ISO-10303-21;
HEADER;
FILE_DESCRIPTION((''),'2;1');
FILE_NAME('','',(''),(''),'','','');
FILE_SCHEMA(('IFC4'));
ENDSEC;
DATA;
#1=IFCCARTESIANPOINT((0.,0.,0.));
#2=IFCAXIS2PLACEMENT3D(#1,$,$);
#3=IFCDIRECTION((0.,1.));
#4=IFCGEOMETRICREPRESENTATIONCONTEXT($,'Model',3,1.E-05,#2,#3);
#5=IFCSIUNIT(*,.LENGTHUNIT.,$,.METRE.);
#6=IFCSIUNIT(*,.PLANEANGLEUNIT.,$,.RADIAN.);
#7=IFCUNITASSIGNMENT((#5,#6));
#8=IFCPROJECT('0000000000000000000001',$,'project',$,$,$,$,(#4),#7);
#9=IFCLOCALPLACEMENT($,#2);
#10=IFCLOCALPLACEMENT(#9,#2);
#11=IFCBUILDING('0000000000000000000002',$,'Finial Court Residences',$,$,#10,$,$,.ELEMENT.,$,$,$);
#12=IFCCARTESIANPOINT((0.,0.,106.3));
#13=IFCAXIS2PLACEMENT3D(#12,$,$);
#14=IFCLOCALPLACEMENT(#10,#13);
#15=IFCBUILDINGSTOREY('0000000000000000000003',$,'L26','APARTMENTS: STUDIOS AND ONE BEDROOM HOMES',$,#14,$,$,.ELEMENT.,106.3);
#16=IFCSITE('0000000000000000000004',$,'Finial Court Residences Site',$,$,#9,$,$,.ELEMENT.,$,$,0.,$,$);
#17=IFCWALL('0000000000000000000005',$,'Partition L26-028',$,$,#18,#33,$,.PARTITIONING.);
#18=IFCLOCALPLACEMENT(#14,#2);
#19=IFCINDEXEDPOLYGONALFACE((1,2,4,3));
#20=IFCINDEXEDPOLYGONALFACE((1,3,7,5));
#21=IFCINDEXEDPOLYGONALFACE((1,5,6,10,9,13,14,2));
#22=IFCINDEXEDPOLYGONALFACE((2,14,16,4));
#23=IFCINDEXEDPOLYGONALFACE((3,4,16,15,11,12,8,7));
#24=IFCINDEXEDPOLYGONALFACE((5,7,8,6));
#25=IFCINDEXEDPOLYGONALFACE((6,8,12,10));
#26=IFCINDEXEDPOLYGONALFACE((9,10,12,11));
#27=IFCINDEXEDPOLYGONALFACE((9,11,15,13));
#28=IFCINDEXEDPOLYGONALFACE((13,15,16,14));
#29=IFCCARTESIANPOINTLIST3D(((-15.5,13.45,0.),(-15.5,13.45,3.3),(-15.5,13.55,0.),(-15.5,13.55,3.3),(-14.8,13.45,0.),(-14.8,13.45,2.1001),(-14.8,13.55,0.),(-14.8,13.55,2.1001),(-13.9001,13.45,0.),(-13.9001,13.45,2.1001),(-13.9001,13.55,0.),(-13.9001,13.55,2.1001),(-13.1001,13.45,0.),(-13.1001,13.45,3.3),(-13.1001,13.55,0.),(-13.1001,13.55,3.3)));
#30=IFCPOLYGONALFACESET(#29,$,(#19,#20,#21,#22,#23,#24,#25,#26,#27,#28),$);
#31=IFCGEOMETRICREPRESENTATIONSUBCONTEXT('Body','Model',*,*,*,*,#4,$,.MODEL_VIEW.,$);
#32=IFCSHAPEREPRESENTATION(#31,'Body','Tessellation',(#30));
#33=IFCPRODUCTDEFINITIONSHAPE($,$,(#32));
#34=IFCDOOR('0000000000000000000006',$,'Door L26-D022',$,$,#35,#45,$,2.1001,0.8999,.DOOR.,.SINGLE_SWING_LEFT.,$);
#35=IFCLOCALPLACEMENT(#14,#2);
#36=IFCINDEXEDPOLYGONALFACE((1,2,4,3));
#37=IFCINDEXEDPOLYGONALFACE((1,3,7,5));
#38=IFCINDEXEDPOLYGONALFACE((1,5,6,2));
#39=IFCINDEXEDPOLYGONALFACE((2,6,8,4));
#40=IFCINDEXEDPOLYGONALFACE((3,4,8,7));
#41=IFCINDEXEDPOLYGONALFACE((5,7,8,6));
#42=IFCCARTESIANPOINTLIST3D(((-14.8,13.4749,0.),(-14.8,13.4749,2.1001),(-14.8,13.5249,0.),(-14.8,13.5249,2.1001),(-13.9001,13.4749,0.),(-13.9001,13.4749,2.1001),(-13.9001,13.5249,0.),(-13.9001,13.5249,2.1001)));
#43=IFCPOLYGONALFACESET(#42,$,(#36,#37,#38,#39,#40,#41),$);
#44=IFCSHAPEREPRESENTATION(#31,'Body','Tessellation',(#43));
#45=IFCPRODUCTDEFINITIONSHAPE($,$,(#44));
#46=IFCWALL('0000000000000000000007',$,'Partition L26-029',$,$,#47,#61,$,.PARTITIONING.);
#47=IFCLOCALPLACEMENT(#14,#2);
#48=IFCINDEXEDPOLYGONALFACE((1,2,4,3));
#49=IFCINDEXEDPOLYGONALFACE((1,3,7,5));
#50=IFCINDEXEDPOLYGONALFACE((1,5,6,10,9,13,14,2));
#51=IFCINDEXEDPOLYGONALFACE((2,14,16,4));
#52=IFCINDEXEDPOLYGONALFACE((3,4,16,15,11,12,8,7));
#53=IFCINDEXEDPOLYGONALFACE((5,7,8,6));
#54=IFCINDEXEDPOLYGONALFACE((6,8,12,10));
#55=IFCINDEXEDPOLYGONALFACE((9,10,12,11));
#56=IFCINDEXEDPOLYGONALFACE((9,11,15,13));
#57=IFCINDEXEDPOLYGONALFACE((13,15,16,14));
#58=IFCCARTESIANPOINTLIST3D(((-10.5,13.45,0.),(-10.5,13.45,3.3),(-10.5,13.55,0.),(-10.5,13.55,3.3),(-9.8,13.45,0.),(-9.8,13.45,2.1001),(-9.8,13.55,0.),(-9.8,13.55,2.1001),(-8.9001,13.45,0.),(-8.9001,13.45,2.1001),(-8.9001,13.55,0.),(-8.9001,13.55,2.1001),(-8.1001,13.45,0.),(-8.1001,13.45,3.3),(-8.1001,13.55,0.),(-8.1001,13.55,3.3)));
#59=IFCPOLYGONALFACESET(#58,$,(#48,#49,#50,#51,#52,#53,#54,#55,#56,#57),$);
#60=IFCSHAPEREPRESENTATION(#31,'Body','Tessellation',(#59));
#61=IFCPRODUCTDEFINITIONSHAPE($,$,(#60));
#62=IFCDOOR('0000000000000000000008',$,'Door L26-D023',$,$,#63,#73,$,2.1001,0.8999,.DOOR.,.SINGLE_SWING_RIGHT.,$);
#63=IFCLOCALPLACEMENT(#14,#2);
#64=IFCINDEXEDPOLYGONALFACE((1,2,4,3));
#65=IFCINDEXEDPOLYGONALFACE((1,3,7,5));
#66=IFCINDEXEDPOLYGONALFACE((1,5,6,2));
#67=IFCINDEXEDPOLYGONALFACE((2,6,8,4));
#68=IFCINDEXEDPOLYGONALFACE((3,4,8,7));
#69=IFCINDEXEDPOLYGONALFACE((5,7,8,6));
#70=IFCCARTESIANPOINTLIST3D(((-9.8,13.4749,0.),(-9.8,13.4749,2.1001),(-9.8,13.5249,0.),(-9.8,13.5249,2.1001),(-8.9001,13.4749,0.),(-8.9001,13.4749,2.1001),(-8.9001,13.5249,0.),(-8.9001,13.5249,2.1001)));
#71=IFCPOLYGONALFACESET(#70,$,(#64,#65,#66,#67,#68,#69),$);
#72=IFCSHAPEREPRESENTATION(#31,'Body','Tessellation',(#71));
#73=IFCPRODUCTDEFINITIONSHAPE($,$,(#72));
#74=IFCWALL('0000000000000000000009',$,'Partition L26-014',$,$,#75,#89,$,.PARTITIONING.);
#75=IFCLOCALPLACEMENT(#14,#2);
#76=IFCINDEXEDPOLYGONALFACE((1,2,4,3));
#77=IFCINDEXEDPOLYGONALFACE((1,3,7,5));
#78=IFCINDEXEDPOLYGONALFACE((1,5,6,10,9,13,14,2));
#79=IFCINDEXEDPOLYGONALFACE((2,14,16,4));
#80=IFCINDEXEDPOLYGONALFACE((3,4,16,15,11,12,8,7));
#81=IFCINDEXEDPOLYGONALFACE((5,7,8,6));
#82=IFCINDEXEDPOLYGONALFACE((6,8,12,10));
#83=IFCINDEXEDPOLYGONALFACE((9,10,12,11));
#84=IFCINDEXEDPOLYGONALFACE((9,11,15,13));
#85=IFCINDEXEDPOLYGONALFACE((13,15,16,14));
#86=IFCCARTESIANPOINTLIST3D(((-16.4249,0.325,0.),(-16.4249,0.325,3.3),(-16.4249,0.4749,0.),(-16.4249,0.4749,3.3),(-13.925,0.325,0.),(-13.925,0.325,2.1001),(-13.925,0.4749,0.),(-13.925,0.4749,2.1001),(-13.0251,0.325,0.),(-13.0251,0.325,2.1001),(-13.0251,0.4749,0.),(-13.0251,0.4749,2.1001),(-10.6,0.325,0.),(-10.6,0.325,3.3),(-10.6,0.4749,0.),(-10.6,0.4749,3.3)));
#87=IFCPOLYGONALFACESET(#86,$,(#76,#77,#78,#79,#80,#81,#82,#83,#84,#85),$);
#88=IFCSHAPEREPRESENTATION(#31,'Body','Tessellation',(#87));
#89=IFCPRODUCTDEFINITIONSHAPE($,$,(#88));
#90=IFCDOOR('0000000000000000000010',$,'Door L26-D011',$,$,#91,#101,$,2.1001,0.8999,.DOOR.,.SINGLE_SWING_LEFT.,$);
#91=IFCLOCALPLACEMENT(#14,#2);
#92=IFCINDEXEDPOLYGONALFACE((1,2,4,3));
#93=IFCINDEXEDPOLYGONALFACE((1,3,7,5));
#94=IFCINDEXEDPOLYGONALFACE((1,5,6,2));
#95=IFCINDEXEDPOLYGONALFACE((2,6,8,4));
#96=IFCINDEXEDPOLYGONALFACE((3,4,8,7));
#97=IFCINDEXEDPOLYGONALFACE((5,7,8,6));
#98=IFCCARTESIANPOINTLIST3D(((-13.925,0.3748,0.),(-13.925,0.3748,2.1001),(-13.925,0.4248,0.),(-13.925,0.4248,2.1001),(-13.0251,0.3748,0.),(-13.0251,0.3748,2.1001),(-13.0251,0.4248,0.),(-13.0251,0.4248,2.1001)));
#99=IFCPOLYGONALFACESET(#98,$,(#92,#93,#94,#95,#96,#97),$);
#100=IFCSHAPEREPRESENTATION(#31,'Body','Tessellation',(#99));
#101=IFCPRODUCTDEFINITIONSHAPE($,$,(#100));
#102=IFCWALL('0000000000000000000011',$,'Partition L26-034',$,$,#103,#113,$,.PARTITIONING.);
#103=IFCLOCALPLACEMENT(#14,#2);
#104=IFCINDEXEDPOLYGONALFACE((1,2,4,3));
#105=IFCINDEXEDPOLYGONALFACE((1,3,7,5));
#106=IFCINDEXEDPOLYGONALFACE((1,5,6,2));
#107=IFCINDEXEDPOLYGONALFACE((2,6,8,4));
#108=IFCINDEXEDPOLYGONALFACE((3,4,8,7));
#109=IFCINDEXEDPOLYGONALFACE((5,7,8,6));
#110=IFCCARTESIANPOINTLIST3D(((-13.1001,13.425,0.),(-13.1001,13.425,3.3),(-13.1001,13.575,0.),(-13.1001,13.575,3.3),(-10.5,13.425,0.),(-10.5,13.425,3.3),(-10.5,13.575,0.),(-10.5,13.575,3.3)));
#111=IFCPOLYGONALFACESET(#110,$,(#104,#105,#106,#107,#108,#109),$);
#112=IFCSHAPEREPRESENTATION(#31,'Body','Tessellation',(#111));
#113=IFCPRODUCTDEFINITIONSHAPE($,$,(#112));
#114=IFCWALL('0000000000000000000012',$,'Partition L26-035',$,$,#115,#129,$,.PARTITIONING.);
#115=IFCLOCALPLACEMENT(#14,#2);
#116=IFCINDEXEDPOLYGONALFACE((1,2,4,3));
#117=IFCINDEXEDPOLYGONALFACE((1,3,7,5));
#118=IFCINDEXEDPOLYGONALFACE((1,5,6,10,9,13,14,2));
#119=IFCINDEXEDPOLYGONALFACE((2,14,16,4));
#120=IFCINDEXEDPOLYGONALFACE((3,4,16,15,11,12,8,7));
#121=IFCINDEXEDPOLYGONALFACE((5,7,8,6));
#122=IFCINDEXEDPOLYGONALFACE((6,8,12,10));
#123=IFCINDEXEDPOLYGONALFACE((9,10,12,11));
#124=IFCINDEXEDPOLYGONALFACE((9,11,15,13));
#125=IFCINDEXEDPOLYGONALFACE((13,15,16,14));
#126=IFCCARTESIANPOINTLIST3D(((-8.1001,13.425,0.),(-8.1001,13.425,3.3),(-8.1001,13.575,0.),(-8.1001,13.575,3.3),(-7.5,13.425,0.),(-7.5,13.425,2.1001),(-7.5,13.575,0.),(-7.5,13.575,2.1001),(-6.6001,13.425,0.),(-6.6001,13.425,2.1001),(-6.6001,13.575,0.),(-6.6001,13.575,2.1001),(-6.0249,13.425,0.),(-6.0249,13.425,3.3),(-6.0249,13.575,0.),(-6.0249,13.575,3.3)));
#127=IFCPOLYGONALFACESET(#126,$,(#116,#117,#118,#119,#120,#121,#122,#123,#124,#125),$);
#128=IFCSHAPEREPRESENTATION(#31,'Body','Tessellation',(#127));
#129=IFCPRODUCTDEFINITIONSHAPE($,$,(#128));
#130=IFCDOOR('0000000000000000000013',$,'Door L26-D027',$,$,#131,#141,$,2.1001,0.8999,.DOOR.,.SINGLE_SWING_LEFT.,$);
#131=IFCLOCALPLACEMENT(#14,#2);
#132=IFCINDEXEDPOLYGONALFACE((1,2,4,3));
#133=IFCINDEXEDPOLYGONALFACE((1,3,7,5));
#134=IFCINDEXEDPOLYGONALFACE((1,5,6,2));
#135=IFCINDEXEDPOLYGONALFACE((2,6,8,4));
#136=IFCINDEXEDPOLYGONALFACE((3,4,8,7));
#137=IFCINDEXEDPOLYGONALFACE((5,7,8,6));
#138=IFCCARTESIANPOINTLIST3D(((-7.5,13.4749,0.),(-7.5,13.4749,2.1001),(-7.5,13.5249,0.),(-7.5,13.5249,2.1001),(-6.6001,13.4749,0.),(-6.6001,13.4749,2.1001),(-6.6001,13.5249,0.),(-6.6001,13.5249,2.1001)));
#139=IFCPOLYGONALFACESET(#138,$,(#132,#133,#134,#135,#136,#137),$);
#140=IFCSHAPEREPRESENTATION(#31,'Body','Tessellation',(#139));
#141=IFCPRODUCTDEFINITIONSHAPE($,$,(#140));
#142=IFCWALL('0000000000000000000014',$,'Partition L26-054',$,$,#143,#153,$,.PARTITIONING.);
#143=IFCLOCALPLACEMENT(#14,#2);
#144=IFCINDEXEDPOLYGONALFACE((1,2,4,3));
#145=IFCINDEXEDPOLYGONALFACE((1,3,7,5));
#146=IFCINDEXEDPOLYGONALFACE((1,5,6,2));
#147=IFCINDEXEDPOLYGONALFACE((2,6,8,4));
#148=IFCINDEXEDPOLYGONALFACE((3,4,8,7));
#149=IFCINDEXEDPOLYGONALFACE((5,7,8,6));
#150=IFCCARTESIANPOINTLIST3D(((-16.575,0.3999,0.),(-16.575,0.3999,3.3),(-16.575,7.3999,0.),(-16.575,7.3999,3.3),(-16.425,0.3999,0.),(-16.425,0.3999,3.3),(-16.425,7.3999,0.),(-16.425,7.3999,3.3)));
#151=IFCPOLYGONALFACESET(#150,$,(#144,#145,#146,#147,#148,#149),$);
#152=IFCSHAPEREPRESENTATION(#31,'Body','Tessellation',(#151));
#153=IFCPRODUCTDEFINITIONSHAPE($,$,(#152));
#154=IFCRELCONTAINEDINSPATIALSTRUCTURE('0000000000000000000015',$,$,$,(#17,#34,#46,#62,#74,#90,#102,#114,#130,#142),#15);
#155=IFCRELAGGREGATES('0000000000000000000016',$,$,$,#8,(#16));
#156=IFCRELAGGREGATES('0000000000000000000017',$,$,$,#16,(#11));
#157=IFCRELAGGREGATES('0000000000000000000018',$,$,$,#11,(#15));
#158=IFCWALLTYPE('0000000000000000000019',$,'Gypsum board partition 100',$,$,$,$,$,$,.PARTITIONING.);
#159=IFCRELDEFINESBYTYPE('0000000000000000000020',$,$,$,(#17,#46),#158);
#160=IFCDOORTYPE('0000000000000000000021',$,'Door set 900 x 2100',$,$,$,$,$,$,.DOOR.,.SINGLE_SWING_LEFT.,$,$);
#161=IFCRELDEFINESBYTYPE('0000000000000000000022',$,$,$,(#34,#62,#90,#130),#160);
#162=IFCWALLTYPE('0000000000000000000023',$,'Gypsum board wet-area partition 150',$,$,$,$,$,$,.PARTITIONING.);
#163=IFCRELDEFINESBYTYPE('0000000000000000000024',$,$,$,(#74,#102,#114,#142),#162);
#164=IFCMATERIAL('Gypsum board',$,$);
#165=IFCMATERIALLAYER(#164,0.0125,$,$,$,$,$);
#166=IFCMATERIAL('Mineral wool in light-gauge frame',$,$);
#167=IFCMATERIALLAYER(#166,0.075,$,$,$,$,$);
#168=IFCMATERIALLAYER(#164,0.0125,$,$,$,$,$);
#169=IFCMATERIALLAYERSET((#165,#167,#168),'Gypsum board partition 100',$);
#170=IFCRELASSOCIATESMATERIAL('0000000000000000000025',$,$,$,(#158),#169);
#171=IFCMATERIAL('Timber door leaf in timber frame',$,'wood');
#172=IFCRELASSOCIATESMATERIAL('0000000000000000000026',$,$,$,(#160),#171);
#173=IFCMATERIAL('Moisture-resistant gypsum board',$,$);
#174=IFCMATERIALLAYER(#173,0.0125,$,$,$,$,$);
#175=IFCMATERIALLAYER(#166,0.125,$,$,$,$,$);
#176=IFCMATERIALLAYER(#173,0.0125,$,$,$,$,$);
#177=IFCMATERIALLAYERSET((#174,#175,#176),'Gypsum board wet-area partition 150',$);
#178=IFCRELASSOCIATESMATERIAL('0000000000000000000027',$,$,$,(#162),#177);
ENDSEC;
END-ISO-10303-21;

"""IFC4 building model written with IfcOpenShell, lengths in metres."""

from ifc_helpers import new_model, si_unit, direction, frame, frame_2d, origin, place, context, subcontext, project, spatial, rectangle, extrude, material, layer, layer_set, type_object, element, fill, save


model = new_model("IFC4")

# Units and contexts
model_context = context("Model", 3, precision=1e-05, world=origin(), true_north=direction((0.0, 1.0)))
body_context = subcontext(model_context, "Body", "Model", "MODEL_VIEW")
ifc_project = project(units=[si_unit("LENGTHUNIT", "METRE"), si_unit("PLANEANGLEUNIT", "RADIAN")], contexts=[model_context])

# Site, building, storey
site_placement = place(None, origin())
site = spatial("IfcSite", under=ifc_project, at=site_placement, Name="Finial Court Residences Site", CompositionType="ELEMENT", RefElevation=0.0)
building_placement = place(site_placement, origin())
building = spatial("IfcBuilding", under=site, at=building_placement, Name="Finial Court Residences", CompositionType="ELEMENT")
storey_placement = place(building_placement, frame((0.0, 0.0, 106.3)))
storey = spatial("IfcBuildingStorey", under=building, at=storey_placement, Name="L26", Description="APARTMENTS: STUDIOS AND ONE BEDROOM HOMES", CompositionType="ELEMENT", Elevation=106.3)

# Shared definitions
ifc_material_1 = material(Name="Gypsum board")

# Shared definitions
ifc_layer_1 = layer(ifc_material_1, 0.0125)
ifc_material_2 = material(Name="Mineral wool in light-gauge frame")
ifc_layer_2 = layer(ifc_material_2, 0.075)
ifc_layer_3 = layer(ifc_material_1, 0.0125)
ifc_layer_set_1 = layer_set([ifc_layer_1, ifc_layer_2, ifc_layer_3], Name="Gypsum board partition 100")
wall_type_1 = type_object("IfcWallType", Name="Gypsum board partition 100", PredefinedType="PARTITIONING", material=ifc_layer_set_1)

# Walls, openings, doors
wall_1_placement = place(storey_placement, frame((-15.5, 13.5, 0.0), z_axis=(0.0, 0.0, 1.0), x_axis=(1.0, 0.0, 0.0)))
wall_1 = element("IfcWall", 1, at=wall_1_placement, inside=storey, type_object=wall_type_1, Name="Partition L26-028", PredefinedType="PARTITIONING", context=body_context, shape_type="SweptSolid", body=[
    extrude(rectangle(XDim=2.3999, YDim=0.1001, at=frame_2d((1.2, 0.0))), origin(), (0.0, 0.0, 1.0), 3.3),
])
opening_1_placement = place(wall_1_placement, frame((0.7, 0.0, 0.0)))
opening_1 = element("IfcOpeningElement", 2, at=opening_1_placement, cuts=wall_1, PredefinedType="OPENING", context=body_context, shape_type="SweptSolid", body=[
    extrude(rectangle(XDim=0.8999, YDim=2.1001, at=frame_2d((0.45, 1.05))), frame((0.0, 0.0601, 0.0), z_axis=(0.0, -1.0, 0.0), x_axis=(1.0, 0.0, 0.0)), (0.0, 0.0, 1.0), 0.1201),
])
ifc_material_3 = material(Name="Timber door leaf in timber frame", Category="wood")
door_type_1 = type_object("IfcDoorType", Name="Door set 900 x 2100", OperationType="SINGLE_SWING_LEFT", PredefinedType="DOOR", material=ifc_material_3)
door_1_placement = place(opening_1_placement, origin())
door_1 = element("IfcDoor", 3, at=door_1_placement, inside=storey, type_object=door_type_1, Name="Door L26-D022", OperationType="SINGLE_SWING_LEFT", OverallHeight=2.1001, OverallWidth=0.8999, PredefinedType="DOOR", context=body_context, shape_type="SweptSolid", body=[
    extrude(rectangle(XDim=0.8999, YDim=2.1001, at=frame_2d((0.45, 1.05))), frame((0.0, 0.0249, 0.0), z_axis=(0.0, -1.0, 0.0), x_axis=(1.0, 0.0, 0.0)), (0.0, 0.0, 1.0), 0.05),
])
fill(opening_1, door_1)
wall_2_placement = place(storey_placement, frame((-10.5, 13.5, 0.0), z_axis=(0.0, 0.0, 1.0), x_axis=(1.0, 0.0, 0.0)))
wall_2 = element("IfcWall", 4, at=wall_2_placement, inside=storey, type_object=wall_type_1, Name="Partition L26-029", PredefinedType="PARTITIONING", context=body_context, shape_type="SweptSolid", body=[
    extrude(rectangle(XDim=2.3999, YDim=0.1001, at=frame_2d((1.2, 0.0))), origin(), (0.0, 0.0, 1.0), 3.3),
])
opening_2_placement = place(wall_2_placement, frame((0.7, 0.0, 0.0)))
opening_2 = element("IfcOpeningElement", 5, at=opening_2_placement, cuts=wall_2, PredefinedType="OPENING", context=body_context, shape_type="SweptSolid", body=[
    extrude(rectangle(XDim=0.8999, YDim=2.1001, at=frame_2d((0.45, 1.05))), frame((0.0, 0.0601, 0.0), z_axis=(0.0, -1.0, 0.0), x_axis=(1.0, 0.0, 0.0)), (0.0, 0.0, 1.0), 0.1201),
])
door_2_placement = place(opening_2_placement, origin())
door_2 = element("IfcDoor", 6, at=door_2_placement, inside=storey, type_object=door_type_1, Name="Door L26-D023", OperationType="SINGLE_SWING_RIGHT", OverallHeight=2.1001, OverallWidth=0.8999, PredefinedType="DOOR", context=body_context, shape_type="SweptSolid", body=[
    extrude(rectangle(XDim=0.8999, YDim=2.1001, at=frame_2d((0.45, 1.05))), frame((0.0, 0.0249, 0.0), z_axis=(0.0, -1.0, 0.0), x_axis=(1.0, 0.0, 0.0)), (0.0, 0.0, 1.0), 0.05),
])
fill(opening_2, door_2)
ifc_material_4 = material(Name="Moisture-resistant gypsum board")
ifc_layer_4 = layer(ifc_material_4, 0.0125)
ifc_layer_5 = layer(ifc_material_2, 0.125)
ifc_layer_6 = layer(ifc_material_4, 0.0125)
ifc_layer_set_2 = layer_set([ifc_layer_4, ifc_layer_5, ifc_layer_6], Name="Gypsum board wet-area partition 150")
wall_type_2 = type_object("IfcWallType", Name="Gypsum board wet-area partition 150", PredefinedType="PARTITIONING", material=ifc_layer_set_2)
wall_3_placement = place(storey_placement, frame((-16.425, 0.3999, 0.0), z_axis=(0.0, 0.0, 1.0), x_axis=(1.0, 0.0, 0.0)))
wall_3 = element("IfcWall", 7, at=wall_3_placement, inside=storey, type_object=wall_type_2, Name="Partition L26-014", PredefinedType="PARTITIONING", context=body_context, shape_type="SweptSolid", body=[
    extrude(rectangle(XDim=5.825, YDim=0.1499, at=frame_2d((2.9126, 0.0))), origin(), (0.0, 0.0, 1.0), 3.3),
])
opening_3_placement = place(wall_3_placement, frame((2.5, 0.0, 0.0)))
opening_3 = element("IfcOpeningElement", 8, at=opening_3_placement, cuts=wall_3, PredefinedType="OPENING", context=body_context, shape_type="SweptSolid", body=[
    extrude(rectangle(XDim=0.8999, YDim=2.1001, at=frame_2d((0.45, 1.05))), frame((0.0, 0.085, 0.0), z_axis=(0.0, -1.0, 0.0), x_axis=(1.0, 0.0, 0.0)), (0.0, 0.0, 1.0), 0.1699),
])
door_3_placement = place(opening_3_placement, origin())
door_3 = element("IfcDoor", 9, at=door_3_placement, inside=storey, type_object=door_type_1, Name="Door L26-D011", OperationType="SINGLE_SWING_LEFT", OverallHeight=2.1001, OverallWidth=0.8999, PredefinedType="DOOR", context=body_context, shape_type="SweptSolid", body=[
    extrude(rectangle(XDim=0.8999, YDim=2.1001, at=frame_2d((0.45, 1.05))), frame((0.0, 0.0249, 0.0), z_axis=(0.0, -1.0, 0.0), x_axis=(1.0, 0.0, 0.0)), (0.0, 0.0, 1.0), 0.05),
])
fill(opening_3, door_3)

# Wall
wall_4_placement = place(storey_placement, frame((-13.1001, 13.5, 0.0), z_axis=(0.0, 0.0, 1.0), x_axis=(1.0, 0.0, 0.0)))
element("IfcWall", 10, at=wall_4_placement, inside=storey, type_object=wall_type_2, Name="Partition L26-034", PredefinedType="PARTITIONING", context=body_context, shape_type="SweptSolid", body=[
    extrude(rectangle(XDim=2.6001, YDim=0.1499, at=frame_2d((1.3, 0.0))), origin(), (0.0, 0.0, 1.0), 3.3),
])

# Wall, opening, door
wall_5_placement = place(storey_placement, frame((-8.1001, 13.5, 0.0), z_axis=(0.0, 0.0, 1.0), x_axis=(1.0, 0.0, 0.0)))
wall_5 = element("IfcWall", 11, at=wall_5_placement, inside=storey, type_object=wall_type_2, Name="Partition L26-035", PredefinedType="PARTITIONING", context=body_context, shape_type="SweptSolid", body=[
    extrude(rectangle(XDim=2.0752, YDim=0.1499, at=frame_2d((1.0376, 0.0))), origin(), (0.0, 0.0, 1.0), 3.3),
])
opening_4_placement = place(wall_5_placement, frame((0.6001, 0.0, 0.0)))
opening_4 = element("IfcOpeningElement", 12, at=opening_4_placement, cuts=wall_5, PredefinedType="OPENING", context=body_context, shape_type="SweptSolid", body=[
    extrude(rectangle(XDim=0.8999, YDim=2.1001, at=frame_2d((0.45, 1.05))), frame((0.0, 0.085, 0.0), z_axis=(0.0, -1.0, 0.0), x_axis=(1.0, 0.0, 0.0)), (0.0, 0.0, 1.0), 0.1699),
])
door_4_placement = place(opening_4_placement, origin())
door_4 = element("IfcDoor", 13, at=door_4_placement, inside=storey, type_object=door_type_1, Name="Door L26-D027", OperationType="SINGLE_SWING_LEFT", OverallHeight=2.1001, OverallWidth=0.8999, PredefinedType="DOOR", context=body_context, shape_type="SweptSolid", body=[
    extrude(rectangle(XDim=0.8999, YDim=2.1001, at=frame_2d((0.45, 1.05))), frame((0.0, 0.0249, 0.0), z_axis=(0.0, -1.0, 0.0), x_axis=(1.0, 0.0, 0.0)), (0.0, 0.0, 1.0), 0.05),
])
fill(opening_4, door_4)

# Wall
wall_6_placement = place(storey_placement, frame((-16.5, 0.3999, 0.0), z_axis=(0.0, 0.0, 1.0), x_axis=(0.0, 1.0, 0.0)))
element("IfcWall", 14, at=wall_6_placement, inside=storey, type_object=wall_type_2, Name="Partition L26-054", PredefinedType="PARTITIONING", context=body_context, shape_type="SweptSolid", body=[
    extrude(rectangle(XDim=7.0, YDim=0.1499, at=frame_2d((3.5, 0.0))), origin(), (0.0, 0.0, 1.0), 3.3),
])

save(model, "model.ifc")
